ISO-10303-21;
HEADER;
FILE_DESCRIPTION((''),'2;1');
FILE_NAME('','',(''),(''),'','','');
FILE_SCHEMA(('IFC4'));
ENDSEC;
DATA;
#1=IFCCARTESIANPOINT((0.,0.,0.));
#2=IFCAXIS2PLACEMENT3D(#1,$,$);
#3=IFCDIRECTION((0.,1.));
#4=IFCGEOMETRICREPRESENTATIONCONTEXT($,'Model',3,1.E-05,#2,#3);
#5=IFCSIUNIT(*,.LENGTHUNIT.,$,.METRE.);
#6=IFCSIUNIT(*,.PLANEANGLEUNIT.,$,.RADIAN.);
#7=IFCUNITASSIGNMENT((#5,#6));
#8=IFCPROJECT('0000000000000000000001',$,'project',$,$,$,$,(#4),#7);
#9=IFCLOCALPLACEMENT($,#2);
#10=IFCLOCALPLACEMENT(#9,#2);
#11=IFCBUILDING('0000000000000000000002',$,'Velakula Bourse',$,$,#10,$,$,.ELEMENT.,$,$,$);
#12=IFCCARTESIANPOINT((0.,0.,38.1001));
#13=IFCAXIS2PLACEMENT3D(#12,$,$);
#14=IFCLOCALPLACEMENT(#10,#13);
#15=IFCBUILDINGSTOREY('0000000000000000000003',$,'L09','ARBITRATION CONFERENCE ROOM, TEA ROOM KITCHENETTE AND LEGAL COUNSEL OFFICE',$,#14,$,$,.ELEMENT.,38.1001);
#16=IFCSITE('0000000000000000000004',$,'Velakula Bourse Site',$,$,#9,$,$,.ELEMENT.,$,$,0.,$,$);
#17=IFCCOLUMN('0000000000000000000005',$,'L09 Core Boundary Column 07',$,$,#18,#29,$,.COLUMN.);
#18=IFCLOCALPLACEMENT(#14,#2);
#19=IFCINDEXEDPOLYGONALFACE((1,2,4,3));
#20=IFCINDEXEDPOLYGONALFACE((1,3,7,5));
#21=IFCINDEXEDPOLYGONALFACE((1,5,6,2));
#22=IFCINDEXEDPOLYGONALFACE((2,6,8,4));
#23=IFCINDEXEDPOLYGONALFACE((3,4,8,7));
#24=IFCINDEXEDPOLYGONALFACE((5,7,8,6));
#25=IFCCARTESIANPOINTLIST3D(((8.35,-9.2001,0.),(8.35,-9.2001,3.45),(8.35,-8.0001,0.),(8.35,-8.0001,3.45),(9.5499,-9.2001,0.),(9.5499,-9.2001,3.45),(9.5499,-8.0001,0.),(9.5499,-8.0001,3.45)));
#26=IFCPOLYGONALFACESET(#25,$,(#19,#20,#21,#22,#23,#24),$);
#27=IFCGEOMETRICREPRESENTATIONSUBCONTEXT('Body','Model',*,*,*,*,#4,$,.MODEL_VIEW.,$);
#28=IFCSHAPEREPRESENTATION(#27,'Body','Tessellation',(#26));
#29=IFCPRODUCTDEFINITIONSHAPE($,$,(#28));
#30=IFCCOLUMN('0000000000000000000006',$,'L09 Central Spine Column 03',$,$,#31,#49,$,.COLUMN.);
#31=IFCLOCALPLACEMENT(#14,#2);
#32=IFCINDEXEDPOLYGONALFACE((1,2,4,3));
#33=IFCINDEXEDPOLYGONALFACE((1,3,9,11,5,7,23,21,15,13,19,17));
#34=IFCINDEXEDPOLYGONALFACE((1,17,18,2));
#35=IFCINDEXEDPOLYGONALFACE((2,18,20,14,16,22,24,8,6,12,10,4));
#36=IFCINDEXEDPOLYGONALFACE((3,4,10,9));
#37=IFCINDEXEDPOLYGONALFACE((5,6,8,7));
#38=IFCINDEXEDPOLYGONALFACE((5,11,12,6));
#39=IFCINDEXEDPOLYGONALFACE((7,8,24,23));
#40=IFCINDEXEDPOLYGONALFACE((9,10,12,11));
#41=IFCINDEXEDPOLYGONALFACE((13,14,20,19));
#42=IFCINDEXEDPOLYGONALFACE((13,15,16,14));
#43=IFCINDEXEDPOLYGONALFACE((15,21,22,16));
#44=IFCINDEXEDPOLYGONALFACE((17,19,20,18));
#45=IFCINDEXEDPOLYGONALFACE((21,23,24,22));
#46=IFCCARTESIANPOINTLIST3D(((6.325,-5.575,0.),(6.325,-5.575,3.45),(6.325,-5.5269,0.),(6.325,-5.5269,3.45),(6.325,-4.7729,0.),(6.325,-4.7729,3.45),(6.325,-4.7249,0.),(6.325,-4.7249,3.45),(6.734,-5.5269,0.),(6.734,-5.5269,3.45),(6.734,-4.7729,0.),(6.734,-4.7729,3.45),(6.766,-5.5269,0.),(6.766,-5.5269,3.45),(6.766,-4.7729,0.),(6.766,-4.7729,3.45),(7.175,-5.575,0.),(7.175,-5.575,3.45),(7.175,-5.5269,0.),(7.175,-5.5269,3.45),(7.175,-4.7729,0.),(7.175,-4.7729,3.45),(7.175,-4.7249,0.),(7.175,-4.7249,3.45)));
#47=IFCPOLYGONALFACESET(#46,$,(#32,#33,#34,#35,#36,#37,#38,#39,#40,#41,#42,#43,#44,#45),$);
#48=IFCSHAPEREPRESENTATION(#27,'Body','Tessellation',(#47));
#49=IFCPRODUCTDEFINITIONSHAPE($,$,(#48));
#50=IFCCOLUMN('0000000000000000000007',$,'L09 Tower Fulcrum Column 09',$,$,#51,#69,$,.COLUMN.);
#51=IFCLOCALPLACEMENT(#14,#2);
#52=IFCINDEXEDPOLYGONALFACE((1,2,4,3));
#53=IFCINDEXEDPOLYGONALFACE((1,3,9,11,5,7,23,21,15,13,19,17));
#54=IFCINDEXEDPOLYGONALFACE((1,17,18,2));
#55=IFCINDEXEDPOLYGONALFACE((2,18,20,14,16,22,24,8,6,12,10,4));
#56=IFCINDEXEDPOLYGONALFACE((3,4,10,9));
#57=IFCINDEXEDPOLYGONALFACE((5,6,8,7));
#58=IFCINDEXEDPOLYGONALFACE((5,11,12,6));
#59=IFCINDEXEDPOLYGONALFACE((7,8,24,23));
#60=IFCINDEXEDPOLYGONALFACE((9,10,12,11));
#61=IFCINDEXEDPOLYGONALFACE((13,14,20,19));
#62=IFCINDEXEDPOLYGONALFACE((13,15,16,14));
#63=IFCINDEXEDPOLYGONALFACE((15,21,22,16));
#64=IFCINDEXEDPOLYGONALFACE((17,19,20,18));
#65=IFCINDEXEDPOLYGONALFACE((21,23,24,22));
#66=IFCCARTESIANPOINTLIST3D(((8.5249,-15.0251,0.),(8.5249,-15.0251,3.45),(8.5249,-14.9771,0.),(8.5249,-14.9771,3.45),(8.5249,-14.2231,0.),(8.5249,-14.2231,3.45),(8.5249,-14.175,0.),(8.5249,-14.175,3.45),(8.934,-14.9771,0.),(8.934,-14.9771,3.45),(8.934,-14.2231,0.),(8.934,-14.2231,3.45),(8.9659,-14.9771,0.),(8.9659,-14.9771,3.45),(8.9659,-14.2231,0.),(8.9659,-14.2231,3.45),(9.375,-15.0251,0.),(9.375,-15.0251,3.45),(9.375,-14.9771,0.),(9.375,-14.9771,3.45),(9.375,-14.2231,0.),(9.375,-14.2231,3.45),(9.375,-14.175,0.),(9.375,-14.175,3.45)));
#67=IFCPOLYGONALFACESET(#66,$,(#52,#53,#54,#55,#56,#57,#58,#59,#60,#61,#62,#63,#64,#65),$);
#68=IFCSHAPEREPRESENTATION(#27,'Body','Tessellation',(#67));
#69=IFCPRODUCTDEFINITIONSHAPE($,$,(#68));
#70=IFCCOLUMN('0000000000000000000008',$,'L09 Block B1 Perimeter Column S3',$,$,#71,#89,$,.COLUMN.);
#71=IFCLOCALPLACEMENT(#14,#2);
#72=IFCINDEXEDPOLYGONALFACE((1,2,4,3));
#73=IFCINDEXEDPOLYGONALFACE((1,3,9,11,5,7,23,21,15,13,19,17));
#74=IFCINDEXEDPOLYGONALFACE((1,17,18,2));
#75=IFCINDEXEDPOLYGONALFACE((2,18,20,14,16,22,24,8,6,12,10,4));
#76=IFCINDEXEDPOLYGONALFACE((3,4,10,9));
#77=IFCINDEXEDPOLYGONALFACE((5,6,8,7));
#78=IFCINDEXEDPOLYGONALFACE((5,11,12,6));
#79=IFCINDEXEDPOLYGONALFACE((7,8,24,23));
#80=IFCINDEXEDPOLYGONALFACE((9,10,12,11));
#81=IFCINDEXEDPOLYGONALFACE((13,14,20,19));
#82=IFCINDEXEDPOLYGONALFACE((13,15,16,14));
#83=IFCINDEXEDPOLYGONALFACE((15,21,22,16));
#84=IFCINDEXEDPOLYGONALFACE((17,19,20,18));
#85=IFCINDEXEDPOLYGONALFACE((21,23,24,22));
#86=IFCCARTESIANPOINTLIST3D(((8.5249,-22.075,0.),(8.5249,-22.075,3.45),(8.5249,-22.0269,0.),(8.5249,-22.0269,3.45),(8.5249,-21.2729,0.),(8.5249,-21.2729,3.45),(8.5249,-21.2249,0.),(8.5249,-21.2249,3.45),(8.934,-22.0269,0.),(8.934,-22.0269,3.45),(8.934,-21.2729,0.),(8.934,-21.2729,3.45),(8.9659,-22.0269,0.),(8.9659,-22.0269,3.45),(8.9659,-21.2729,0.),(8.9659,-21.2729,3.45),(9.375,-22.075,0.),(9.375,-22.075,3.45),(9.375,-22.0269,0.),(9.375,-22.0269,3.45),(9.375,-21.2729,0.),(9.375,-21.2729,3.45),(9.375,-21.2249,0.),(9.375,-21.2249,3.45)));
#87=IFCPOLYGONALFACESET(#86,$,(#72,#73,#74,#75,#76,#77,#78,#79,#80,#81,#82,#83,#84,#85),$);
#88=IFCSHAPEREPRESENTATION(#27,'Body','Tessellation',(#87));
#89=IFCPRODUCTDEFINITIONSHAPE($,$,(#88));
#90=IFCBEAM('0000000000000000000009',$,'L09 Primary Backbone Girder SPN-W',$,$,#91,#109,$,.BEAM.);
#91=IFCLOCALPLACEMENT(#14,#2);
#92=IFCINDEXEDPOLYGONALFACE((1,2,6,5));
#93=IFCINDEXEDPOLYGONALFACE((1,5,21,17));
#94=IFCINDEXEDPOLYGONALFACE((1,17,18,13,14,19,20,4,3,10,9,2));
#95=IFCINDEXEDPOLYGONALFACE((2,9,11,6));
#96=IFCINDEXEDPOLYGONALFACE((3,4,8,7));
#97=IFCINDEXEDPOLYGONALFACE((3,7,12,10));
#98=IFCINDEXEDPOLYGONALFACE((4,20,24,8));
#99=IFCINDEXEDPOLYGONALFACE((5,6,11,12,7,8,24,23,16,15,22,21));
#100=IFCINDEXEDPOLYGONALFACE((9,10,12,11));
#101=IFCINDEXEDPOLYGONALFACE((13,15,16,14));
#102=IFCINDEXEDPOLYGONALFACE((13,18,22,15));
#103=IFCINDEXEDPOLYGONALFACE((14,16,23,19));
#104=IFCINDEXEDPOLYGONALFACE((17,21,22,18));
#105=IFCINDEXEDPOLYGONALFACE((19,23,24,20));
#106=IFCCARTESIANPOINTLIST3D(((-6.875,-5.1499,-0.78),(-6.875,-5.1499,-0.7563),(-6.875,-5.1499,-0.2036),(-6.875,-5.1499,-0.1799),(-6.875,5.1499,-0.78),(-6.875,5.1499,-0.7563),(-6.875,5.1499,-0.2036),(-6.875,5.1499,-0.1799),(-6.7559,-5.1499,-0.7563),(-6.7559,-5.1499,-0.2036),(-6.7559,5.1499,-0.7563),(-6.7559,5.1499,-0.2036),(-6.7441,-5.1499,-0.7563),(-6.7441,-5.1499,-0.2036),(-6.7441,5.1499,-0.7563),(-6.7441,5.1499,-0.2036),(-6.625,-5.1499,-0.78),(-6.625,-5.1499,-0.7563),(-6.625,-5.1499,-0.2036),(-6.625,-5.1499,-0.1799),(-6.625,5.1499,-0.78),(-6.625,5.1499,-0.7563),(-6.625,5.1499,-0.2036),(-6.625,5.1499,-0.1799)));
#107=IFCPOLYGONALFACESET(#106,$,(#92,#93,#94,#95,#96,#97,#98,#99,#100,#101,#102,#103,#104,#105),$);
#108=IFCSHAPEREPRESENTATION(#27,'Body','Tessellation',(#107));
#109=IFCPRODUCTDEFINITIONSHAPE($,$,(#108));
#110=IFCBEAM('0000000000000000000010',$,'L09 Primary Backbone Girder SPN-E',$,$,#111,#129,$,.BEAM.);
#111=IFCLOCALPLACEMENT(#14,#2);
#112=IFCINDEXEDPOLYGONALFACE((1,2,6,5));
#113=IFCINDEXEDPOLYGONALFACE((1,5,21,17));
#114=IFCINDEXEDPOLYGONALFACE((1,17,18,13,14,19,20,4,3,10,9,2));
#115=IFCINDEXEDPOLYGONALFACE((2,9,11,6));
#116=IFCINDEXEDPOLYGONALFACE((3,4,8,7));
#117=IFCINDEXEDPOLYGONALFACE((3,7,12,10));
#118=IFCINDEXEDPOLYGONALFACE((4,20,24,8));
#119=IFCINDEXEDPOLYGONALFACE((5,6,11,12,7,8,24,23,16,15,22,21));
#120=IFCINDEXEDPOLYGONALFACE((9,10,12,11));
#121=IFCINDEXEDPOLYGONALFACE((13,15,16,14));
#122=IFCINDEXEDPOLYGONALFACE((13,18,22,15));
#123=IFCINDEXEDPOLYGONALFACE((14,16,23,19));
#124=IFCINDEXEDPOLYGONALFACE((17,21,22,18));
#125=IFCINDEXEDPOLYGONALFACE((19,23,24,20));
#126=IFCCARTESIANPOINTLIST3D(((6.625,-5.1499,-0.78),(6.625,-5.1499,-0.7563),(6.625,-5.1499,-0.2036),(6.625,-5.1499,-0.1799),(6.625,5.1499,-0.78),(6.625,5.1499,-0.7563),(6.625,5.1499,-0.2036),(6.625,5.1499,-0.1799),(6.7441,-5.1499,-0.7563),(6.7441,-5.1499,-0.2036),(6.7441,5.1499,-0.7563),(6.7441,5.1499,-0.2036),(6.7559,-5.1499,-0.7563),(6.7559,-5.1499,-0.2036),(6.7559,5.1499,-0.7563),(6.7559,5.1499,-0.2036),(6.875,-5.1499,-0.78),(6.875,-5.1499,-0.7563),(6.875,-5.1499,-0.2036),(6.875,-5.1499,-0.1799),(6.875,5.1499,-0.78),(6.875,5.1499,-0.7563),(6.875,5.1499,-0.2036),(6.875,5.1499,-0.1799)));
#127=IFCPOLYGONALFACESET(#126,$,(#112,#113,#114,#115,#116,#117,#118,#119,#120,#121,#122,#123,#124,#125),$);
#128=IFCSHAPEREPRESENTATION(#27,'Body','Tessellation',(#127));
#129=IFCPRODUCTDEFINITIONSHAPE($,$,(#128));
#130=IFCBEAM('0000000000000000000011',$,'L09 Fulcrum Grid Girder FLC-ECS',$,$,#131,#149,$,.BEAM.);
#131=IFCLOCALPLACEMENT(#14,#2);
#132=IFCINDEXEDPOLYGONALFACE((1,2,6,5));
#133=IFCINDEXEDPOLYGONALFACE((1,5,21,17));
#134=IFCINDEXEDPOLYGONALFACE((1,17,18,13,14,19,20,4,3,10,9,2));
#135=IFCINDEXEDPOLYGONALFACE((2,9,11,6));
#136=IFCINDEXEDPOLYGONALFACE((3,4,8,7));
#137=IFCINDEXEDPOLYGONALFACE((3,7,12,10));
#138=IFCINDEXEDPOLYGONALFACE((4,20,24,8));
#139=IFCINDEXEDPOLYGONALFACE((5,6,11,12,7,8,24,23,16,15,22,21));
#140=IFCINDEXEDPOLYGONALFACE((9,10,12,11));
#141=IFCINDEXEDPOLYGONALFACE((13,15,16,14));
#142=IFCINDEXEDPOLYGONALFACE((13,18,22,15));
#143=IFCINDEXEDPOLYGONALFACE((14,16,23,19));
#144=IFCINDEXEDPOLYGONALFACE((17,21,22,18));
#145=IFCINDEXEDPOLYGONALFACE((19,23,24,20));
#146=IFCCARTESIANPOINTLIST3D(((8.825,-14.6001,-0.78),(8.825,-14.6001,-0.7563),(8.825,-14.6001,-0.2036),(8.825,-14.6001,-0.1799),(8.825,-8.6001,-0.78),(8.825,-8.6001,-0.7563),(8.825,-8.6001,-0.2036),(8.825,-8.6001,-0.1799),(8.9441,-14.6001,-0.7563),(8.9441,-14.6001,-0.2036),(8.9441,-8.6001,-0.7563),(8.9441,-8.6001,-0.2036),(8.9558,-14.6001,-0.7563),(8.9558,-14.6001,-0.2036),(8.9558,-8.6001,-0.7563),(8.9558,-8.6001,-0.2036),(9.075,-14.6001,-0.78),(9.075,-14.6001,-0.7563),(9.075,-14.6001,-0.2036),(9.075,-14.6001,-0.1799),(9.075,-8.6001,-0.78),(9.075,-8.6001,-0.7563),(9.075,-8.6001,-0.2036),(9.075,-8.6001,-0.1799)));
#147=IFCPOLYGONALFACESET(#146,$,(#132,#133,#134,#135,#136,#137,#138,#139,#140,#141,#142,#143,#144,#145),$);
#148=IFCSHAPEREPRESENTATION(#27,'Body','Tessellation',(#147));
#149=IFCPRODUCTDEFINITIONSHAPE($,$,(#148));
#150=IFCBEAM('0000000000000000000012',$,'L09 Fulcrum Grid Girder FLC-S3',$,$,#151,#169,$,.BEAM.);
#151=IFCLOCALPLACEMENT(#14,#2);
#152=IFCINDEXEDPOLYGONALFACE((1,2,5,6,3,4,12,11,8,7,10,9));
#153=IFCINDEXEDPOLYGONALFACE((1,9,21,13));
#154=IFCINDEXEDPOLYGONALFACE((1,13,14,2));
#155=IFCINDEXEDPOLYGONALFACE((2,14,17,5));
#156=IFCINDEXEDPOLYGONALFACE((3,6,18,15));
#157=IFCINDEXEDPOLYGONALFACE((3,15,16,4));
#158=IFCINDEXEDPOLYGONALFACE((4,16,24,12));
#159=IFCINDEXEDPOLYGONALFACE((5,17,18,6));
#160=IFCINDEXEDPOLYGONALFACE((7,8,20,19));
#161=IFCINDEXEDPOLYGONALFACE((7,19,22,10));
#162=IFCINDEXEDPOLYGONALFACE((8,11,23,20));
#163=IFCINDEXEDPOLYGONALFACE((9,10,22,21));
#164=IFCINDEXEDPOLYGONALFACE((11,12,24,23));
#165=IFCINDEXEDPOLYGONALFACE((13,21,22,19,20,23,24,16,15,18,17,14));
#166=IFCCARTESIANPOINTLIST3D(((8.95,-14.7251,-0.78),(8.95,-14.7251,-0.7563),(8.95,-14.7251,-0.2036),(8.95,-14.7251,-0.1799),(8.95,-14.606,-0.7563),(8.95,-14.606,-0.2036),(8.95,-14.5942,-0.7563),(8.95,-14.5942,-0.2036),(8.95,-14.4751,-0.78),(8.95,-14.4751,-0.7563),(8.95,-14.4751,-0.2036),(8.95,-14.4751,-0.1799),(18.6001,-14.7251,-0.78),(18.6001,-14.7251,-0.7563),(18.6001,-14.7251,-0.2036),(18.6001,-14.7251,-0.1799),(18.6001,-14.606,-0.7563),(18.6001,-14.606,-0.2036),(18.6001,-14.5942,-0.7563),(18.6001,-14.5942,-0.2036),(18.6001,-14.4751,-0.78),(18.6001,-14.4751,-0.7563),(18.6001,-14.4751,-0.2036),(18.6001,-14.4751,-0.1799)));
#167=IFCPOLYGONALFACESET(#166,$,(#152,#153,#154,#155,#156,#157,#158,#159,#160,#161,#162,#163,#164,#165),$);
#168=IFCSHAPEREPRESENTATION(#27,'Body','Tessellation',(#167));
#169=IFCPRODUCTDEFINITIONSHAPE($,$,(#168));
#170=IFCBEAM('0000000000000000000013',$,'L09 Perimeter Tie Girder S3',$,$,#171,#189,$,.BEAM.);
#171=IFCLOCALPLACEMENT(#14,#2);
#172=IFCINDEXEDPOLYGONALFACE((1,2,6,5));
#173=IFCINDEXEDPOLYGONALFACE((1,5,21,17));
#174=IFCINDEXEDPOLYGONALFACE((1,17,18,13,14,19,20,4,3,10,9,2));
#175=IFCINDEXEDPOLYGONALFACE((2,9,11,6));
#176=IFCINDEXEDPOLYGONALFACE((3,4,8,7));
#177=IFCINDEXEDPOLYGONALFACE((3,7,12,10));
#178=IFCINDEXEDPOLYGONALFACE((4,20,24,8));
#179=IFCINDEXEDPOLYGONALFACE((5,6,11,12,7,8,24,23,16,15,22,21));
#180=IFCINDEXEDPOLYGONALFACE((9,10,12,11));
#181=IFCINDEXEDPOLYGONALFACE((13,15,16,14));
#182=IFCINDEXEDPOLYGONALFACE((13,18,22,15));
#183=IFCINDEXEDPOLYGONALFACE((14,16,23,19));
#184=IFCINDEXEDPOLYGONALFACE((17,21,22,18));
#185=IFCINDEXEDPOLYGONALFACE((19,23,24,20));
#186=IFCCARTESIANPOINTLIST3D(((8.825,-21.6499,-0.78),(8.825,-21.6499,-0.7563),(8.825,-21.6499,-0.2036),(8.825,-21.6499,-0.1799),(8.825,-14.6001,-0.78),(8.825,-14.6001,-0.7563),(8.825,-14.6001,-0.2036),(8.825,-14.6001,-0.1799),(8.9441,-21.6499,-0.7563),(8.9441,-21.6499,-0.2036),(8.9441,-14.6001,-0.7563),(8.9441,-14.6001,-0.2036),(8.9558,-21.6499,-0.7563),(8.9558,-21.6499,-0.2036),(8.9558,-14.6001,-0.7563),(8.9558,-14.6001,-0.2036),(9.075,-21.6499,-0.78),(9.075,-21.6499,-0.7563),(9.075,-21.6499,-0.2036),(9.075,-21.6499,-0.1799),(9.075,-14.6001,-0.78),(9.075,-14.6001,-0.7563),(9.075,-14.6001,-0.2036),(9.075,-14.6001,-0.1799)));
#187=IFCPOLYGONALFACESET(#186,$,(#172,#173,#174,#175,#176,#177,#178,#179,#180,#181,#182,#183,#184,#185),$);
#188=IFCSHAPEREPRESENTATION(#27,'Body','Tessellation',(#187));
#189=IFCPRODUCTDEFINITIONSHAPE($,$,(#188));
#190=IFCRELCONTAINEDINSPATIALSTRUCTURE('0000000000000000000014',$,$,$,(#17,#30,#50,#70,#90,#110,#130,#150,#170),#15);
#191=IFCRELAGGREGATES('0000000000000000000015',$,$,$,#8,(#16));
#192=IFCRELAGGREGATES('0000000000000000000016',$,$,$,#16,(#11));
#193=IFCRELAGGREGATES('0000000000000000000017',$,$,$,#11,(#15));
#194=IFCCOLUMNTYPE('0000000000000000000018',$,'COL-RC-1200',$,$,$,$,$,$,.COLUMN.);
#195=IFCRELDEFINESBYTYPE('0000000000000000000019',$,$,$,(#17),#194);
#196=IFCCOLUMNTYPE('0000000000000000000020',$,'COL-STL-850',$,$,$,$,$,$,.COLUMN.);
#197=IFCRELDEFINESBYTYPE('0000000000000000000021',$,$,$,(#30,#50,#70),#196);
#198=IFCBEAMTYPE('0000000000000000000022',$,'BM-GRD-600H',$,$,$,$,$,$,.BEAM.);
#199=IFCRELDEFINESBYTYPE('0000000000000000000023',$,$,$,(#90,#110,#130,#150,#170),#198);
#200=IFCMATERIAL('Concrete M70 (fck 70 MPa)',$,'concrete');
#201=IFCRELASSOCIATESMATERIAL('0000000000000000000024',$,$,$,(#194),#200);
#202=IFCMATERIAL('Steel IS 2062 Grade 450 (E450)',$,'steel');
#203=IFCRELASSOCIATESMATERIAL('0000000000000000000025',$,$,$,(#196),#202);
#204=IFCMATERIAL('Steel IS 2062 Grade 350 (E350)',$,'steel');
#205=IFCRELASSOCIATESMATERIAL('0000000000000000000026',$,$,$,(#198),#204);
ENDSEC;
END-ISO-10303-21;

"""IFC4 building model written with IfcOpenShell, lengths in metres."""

from ifc_helpers import new_model, si_unit, direction, frame, origin, origin_2d, place, context, subcontext, project, spatial, rectangle, i_section, extrude, material, material_profile, profile_set, type_object, element, save


model = new_model("IFC4")

# Units and contexts
model_context = context("Model", 3, precision=1e-05, world=origin(), true_north=direction((0.0, 1.0)))
body_context = subcontext(model_context, "Body", "Model", "MODEL_VIEW")
ifc_project = project(units=[si_unit("LENGTHUNIT", "METRE"), si_unit("PLANEANGLEUNIT", "RADIAN")], contexts=[model_context])

# Site, building, storey
site_placement = place(None, origin())
site = spatial("IfcSite", under=ifc_project, at=site_placement, Name="Velakula Bourse Site", CompositionType="ELEMENT", RefElevation=0.0)
building_placement = place(site_placement, origin())
building = spatial("IfcBuilding", under=site, at=building_placement, Name="Velakula Bourse", CompositionType="ELEMENT")
storey_placement = place(building_placement, frame((0.0, 0.0, 38.1001)))
storey = spatial("IfcBuildingStorey", under=building, at=storey_placement, Name="L09", Description="ARBITRATION CONFERENCE ROOM, TEA ROOM KITCHENETTE AND LEGAL COUNSEL OFFICE", CompositionType="ELEMENT", Elevation=38.1001)

# Columns
ifc_material_1 = material(Name="Concrete M70 (fck 70 MPa)", Category="concrete")
ifc_material_profile_1 = material_profile(ifc_material_1, rectangle(XDim=1.2, YDim=1.2, at=origin_2d()), Name="Concrete M70 (fck 70 MPa)")
ifc_profile_set_1 = profile_set([ifc_material_profile_1], Name="Concrete M70 (fck 70 MPa)")
column_type_1 = type_object("IfcColumnType", Name="COL-RC-1200", PredefinedType="COLUMN", material=ifc_profile_set_1)
column_placement = place(storey_placement, frame((8.95, -8.6001, 0.0), z_axis=(0.0, 0.0, 1.0), x_axis=(1.0, 0.0, 0.0)))
element("IfcColumn", 1, at=column_placement, inside=storey, type_object=column_type_1, Name="L09 Core Boundary Column 07", PredefinedType="COLUMN", context=body_context, shape_type="SweptSolid", body=[
    extrude(rectangle(XDim=1.2, YDim=1.2, at=origin_2d()), origin(), (0.0, 0.0, 1.0), 3.45),
])
ifc_material_2 = material(Name="Steel IS 2062 Grade 450 (E450)", Category="steel")
ifc_material_profile_2 = material_profile(ifc_material_2, i_section(OverallWidth=0.8501, OverallDepth=0.8501, WebThickness=0.032, FlangeThickness=0.0481, at=origin_2d()), Name="Steel IS 2062 Grade 450 (E450)")
ifc_profile_set_2 = profile_set([ifc_material_profile_2], Name="Steel IS 2062 Grade 450 (E450)")
column_type_2 = type_object("IfcColumnType", Name="COL-STL-850", PredefinedType="COLUMN", material=ifc_profile_set_2)
for number, where, z_axis, x_axis, name in (
    (2, (6.75, -5.1499, 0.0), (0.0, 0.0, 1.0), (1.0, 0.0, 0.0), "L09 Central Spine Column 03"),
    (3, (8.95, -14.6001, 0.0), (0.0, 0.0, 1.0), (1.0, 0.0, 0.0), "L09 Tower Fulcrum Column 09"),
    (4, (8.95, -21.6499, 0.0), (0.0, 0.0, 1.0), (1.0, 0.0, 0.0), "L09 Block B1 Perimeter Column S3"),
):
    element("IfcColumn", number, at=place(storey_placement, frame(where, z_axis=z_axis, x_axis=x_axis)), inside=storey, type_object=column_type_2, Name=name, PredefinedType="COLUMN", context=body_context, shape_type="SweptSolid", body=[
        extrude(i_section(OverallWidth=0.8501, OverallDepth=0.8501, WebThickness=0.032, FlangeThickness=0.0481, at=origin_2d()), origin(), (0.0, 0.0, 1.0), 3.45),
    ])

# Beams
ifc_material_3 = material(Name="Steel IS 2062 Grade 350 (E350)", Category="steel")
ifc_material_profile_3 = material_profile(ifc_material_3, i_section(OverallWidth=0.25, OverallDepth=0.6001, WebThickness=0.0117, FlangeThickness=0.0237, at=origin_2d()), Name="Steel IS 2062 Grade 350 (E350)")
ifc_profile_set_3 = profile_set([ifc_material_profile_3], Name="Steel IS 2062 Grade 350 (E350)")
beam_type_1 = type_object("IfcBeamType", Name="BM-GRD-600H", PredefinedType="BEAM", material=ifc_profile_set_3)
for number, where, z_axis, x_axis, name in (
    (5, (-6.75, -5.1499, -0.48), (0.0, 1.0, 0.0), (-1.0, 0.0, 0.0), "L09 Primary Backbone Girder SPN-W"),
    (6, (6.75, -5.1499, -0.48), (0.0, 1.0, 0.0), (-1.0, 0.0, 0.0), "L09 Primary Backbone Girder SPN-E"),
):
    element("IfcBeam", number, at=place(storey_placement, frame(where, z_axis=z_axis, x_axis=x_axis)), inside=storey, type_object=beam_type_1, Name=name, PredefinedType="BEAM", context=body_context, shape_type="SweptSolid", body=[
        extrude(i_section(OverallWidth=0.25, OverallDepth=0.6001, WebThickness=0.0117, FlangeThickness=0.0237, at=origin_2d()), origin(), (0.0, 0.0, 1.0), 10.2998),
    ])
beam_1_placement = place(storey_placement, frame((8.95, -14.6001, -0.48), z_axis=(0.0, 1.0, 0.0), x_axis=(-1.0, 0.0, 0.0)))
element("IfcBeam", 7, at=beam_1_placement, inside=storey, type_object=beam_type_1, Name="L09 Fulcrum Grid Girder FLC-ECS", PredefinedType="BEAM", context=body_context, shape_type="SweptSolid", body=[
    extrude(i_section(OverallWidth=0.25, OverallDepth=0.6001, WebThickness=0.0117, FlangeThickness=0.0237, at=origin_2d()), origin(), (0.0, 0.0, 1.0), 6.0),
])
beam_2_placement = place(storey_placement, frame((8.95, -14.6001, -0.48), z_axis=(1.0, 0.0, 0.0), x_axis=(0.0, 1.0, 0.0)))
element("IfcBeam", 8, at=beam_2_placement, inside=storey, type_object=beam_type_1, Name="L09 Fulcrum Grid Girder FLC-S3", PredefinedType="BEAM", context=body_context, shape_type="SweptSolid", body=[
    extrude(i_section(OverallWidth=0.25, OverallDepth=0.6001, WebThickness=0.0117, FlangeThickness=0.0237, at=origin_2d()), origin(), (0.0, 0.0, 1.0), 9.6501),
])
beam_3_placement = place(storey_placement, frame((8.95, -14.6001, -0.48), z_axis=(0.0, -1.0, 0.0), x_axis=(1.0, 0.0, 0.0)))
element("IfcBeam", 9, at=beam_3_placement, inside=storey, type_object=beam_type_1, Name="L09 Perimeter Tie Girder S3", PredefinedType="BEAM", context=body_context, shape_type="SweptSolid", body=[
    extrude(i_section(OverallWidth=0.25, OverallDepth=0.6001, WebThickness=0.0117, FlangeThickness=0.0237, at=origin_2d()), origin(), (0.0, 0.0, 1.0), 7.0498),
])

save(model, "model.ifc")
